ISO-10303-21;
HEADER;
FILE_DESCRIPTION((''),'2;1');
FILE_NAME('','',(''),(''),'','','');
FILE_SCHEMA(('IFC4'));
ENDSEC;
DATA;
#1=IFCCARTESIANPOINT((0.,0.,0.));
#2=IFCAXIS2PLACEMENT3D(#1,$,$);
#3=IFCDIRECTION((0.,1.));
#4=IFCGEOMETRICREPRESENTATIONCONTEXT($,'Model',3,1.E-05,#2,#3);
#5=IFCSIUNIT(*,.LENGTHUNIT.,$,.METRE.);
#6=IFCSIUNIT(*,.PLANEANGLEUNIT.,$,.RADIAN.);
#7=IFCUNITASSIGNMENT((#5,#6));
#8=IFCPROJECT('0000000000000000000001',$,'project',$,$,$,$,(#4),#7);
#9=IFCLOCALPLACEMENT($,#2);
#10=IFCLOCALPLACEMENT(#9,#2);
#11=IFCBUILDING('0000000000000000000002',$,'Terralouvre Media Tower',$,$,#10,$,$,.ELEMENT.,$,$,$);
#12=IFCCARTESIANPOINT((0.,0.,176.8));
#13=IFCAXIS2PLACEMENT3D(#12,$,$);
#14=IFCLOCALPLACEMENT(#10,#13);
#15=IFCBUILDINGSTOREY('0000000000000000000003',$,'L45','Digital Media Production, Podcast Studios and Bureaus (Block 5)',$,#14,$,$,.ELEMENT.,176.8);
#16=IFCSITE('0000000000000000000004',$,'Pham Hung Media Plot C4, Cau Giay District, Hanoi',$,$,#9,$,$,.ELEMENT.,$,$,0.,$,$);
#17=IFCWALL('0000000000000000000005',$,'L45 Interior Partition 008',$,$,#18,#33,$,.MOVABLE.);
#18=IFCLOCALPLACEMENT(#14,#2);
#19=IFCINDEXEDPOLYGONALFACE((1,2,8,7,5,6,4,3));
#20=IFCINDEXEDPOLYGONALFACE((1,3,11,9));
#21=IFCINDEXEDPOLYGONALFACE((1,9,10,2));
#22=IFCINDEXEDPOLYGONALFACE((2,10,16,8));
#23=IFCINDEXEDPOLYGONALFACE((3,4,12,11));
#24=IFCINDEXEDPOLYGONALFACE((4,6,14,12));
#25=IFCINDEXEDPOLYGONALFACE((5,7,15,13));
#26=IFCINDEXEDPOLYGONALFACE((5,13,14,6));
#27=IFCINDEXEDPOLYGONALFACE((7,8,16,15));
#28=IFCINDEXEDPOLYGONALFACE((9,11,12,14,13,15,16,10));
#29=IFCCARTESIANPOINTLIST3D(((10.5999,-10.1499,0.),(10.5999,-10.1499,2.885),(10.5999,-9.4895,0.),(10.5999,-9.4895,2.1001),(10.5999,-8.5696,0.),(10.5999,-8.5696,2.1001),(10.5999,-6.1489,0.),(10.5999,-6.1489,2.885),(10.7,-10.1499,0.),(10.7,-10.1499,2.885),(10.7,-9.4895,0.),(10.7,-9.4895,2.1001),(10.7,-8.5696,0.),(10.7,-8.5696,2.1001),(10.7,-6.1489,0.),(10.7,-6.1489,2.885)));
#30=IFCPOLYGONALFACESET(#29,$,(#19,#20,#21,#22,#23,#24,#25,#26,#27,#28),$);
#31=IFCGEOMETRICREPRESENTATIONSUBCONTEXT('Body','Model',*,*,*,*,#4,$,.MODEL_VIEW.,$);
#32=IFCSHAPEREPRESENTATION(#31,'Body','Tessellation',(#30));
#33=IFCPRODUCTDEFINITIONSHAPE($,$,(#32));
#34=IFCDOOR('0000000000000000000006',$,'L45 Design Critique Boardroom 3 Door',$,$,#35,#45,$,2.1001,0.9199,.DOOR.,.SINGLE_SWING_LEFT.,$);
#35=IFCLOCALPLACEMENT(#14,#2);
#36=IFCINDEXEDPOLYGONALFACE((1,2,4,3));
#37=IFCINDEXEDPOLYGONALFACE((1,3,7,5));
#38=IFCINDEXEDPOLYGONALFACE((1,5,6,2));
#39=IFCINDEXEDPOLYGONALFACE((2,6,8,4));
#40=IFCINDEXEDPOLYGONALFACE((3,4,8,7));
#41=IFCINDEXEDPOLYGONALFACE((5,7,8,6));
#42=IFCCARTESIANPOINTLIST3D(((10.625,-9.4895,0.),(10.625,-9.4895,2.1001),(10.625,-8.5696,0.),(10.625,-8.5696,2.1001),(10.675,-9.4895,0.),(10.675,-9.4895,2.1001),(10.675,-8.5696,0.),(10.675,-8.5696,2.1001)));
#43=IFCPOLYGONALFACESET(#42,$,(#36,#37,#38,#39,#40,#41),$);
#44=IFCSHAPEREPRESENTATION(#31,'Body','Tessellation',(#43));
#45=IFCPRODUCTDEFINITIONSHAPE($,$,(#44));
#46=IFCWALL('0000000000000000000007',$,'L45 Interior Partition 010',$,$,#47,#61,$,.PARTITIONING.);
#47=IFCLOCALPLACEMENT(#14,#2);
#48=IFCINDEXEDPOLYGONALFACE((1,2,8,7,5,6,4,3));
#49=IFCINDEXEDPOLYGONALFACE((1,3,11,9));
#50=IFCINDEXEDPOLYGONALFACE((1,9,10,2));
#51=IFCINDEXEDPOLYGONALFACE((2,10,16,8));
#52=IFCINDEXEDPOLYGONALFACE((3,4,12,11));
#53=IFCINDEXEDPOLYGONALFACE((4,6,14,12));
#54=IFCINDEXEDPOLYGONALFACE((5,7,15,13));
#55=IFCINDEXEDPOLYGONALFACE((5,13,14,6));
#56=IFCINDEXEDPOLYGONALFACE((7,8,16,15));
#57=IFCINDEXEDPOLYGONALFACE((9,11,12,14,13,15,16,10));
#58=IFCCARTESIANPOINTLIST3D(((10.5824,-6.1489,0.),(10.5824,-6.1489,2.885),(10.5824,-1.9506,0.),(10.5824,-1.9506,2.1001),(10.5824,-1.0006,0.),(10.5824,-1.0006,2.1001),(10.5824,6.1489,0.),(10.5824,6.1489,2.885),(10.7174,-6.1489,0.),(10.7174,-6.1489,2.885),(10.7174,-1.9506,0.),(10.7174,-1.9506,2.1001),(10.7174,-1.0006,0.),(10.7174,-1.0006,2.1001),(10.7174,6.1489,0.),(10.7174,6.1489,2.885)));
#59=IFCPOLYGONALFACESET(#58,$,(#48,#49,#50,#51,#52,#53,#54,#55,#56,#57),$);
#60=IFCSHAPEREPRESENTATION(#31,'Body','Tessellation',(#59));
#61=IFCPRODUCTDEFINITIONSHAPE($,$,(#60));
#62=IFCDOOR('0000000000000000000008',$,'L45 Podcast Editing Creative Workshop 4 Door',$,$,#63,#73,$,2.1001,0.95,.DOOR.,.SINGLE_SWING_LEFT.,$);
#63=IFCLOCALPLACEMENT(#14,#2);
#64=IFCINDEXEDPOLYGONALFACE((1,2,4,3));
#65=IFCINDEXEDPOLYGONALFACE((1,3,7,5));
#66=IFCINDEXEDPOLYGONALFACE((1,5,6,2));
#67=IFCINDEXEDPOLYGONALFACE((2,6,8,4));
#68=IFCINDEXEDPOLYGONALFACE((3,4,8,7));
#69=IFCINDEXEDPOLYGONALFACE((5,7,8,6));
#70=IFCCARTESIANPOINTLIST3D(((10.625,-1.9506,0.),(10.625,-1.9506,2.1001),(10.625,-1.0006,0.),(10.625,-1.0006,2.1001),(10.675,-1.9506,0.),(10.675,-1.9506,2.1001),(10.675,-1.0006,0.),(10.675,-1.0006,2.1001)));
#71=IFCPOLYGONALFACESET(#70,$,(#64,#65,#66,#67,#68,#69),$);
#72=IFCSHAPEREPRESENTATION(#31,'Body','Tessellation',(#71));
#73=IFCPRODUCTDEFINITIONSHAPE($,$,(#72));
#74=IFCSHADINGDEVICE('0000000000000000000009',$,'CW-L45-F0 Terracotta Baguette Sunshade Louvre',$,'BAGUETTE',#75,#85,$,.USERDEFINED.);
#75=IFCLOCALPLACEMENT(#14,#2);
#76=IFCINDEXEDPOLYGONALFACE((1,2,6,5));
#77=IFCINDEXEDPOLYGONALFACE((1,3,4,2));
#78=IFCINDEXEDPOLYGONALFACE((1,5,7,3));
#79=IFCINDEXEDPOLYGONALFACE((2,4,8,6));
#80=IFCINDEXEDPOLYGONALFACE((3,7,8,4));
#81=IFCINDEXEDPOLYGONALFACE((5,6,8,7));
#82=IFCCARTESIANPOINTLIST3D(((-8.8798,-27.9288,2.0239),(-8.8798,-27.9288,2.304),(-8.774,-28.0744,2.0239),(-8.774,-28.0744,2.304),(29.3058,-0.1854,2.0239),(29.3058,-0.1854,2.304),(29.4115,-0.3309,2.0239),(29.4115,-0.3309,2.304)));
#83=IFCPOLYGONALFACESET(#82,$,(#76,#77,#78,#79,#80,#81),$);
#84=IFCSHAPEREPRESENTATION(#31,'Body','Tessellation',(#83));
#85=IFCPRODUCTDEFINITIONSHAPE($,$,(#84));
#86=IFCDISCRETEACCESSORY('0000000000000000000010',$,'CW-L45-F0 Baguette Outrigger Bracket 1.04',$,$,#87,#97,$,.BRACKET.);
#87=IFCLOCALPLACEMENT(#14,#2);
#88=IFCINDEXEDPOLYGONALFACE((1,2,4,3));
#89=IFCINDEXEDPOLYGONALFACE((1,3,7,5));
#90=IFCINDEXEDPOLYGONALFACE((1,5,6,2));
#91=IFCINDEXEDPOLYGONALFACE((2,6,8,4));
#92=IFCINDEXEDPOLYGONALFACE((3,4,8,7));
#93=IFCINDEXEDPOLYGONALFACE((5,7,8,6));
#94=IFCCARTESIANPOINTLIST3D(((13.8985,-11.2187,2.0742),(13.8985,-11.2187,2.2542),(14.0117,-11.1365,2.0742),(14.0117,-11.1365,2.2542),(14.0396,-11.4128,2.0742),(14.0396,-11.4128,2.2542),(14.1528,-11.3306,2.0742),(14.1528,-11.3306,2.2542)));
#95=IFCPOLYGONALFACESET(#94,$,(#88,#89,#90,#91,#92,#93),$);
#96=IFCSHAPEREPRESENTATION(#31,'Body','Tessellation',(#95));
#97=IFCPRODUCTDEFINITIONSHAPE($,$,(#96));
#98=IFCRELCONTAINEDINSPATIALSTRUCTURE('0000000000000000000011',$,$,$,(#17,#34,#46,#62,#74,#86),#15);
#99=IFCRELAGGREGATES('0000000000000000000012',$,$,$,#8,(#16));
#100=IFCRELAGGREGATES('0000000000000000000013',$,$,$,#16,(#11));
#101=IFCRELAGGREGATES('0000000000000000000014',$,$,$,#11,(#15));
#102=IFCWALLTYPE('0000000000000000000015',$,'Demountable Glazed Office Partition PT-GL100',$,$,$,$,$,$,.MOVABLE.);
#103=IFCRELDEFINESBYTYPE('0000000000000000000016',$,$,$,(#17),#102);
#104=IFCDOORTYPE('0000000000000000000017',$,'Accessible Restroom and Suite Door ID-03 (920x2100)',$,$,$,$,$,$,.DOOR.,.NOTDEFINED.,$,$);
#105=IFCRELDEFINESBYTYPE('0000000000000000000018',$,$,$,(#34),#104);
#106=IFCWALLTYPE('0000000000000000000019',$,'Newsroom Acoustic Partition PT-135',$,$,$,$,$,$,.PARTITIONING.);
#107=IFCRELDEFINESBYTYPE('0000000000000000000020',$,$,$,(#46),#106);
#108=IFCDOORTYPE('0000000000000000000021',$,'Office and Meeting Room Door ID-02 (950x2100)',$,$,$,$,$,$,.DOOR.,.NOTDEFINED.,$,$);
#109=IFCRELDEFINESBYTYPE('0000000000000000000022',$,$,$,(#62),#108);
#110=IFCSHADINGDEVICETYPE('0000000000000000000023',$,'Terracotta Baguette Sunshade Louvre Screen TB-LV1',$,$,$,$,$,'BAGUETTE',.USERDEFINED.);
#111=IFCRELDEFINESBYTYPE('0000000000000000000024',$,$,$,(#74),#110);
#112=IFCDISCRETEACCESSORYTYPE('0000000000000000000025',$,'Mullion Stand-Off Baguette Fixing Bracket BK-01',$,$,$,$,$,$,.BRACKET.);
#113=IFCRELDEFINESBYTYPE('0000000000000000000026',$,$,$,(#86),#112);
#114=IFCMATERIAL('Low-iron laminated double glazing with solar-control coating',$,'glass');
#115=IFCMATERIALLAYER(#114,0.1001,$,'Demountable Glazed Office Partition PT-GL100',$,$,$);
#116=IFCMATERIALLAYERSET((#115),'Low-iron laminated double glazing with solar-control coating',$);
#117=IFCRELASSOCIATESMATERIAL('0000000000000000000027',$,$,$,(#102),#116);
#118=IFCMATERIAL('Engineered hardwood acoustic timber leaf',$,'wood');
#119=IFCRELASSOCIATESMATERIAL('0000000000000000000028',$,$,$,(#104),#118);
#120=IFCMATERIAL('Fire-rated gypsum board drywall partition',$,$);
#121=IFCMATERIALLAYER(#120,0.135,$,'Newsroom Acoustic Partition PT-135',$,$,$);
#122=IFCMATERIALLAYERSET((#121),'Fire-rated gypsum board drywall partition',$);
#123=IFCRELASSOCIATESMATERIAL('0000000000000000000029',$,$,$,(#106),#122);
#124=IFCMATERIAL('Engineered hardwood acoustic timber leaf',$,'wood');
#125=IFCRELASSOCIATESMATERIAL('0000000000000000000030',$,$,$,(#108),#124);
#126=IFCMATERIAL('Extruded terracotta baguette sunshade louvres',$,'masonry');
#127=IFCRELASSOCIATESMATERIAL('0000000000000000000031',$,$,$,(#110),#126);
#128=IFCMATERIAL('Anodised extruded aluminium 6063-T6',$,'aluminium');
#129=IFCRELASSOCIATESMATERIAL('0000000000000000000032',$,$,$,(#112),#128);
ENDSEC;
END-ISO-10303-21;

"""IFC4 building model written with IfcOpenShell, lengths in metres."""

from ifc_helpers import new_model, si_unit, direction, frame, frame_2d, origin, origin_2d, place, context, subcontext, project, spatial, rectangle, extrude, material, layer, layer_set, type_object, element, fill, save


model = new_model("IFC4")

# Units and contexts
model_context = context("Model", 3, precision=1e-05, world=origin(), true_north=direction((0.0, 1.0)))
body_context = subcontext(model_context, "Body", "Model", "MODEL_VIEW")
ifc_project = project(units=[si_unit("LENGTHUNIT", "METRE"), si_unit("PLANEANGLEUNIT", "RADIAN")], contexts=[model_context])

# Site, building, storey
site_placement = place(None, origin())
site = spatial("IfcSite", under=ifc_project, at=site_placement, Name="Pham Hung Media Plot C4, Cau Giay District, Hanoi", CompositionType="ELEMENT", RefElevation=0.0)
building_placement = place(site_placement, origin())
building = spatial("IfcBuilding", under=site, at=building_placement, Name="Terralouvre Media Tower", CompositionType="ELEMENT")
storey_placement = place(building_placement, frame((0.0, 0.0, 176.8)))
storey = spatial("IfcBuildingStorey", under=building, at=storey_placement, Name="L45", Description="Digital Media Production, Podcast Studios and Bureaus (Block 5)", CompositionType="ELEMENT", Elevation=176.8)

# Shared definitions
ifc_material_1 = material(Name="Low-iron laminated double glazing with solar-control coating", Category="glass")
ifc_layer_1 = layer(ifc_material_1, 0.1001, Name="Demountable Glazed Office Partition PT-GL100")
ifc_layer_set_1 = layer_set([ifc_layer_1], Name="Low-iron laminated double glazing with solar-control coating")
wall_type_1 = type_object("IfcWallType", Name="Demountable Glazed Office Partition PT-GL100", PredefinedType="MOVABLE", material=ifc_layer_set_1)

# Walls, openings, doors
wall_1_placement = place(storey_placement, frame((10.6499, -10.1499, 0.0), z_axis=(0.0, 0.0, 1.0), x_axis=(0.0, 1.0, 0.0)))
wall_1 = element("IfcWall", 1, at=wall_1_placement, inside=storey, type_object=wall_type_1, Name="L45 Interior Partition 008", PredefinedType="MOVABLE", context=body_context, shape_type="SweptSolid", body=[
    extrude(rectangle(XDim=4.001, YDim=0.1001, at=frame_2d((2.0005, 0.0))), origin(), (0.0, 0.0, 1.0), 2.885),
])
opening_1_placement = place(wall_1_placement, frame((0.6604, 0.0, 0.0)))
opening_1 = element("IfcOpeningElement", 2, at=opening_1_placement, cuts=wall_1, PredefinedType="OPENING", context=body_context, shape_type="SweptSolid", body=[
    extrude(rectangle(XDim=0.9199, YDim=2.1001, at=frame_2d((0.46, 1.05))), frame((0.0, 0.0601, 0.0), z_axis=(0.0, -1.0, 0.0), x_axis=(1.0, 0.0, 0.0)), (0.0, 0.0, 1.0), 0.1201),
])
ifc_material_2 = material(Name="Engineered hardwood acoustic timber leaf", Category="wood")
door_type_1 = type_object("IfcDoorType", Name="Accessible Restroom and Suite Door ID-03 (920x2100)", OperationType="NOTDEFINED", PredefinedType="DOOR", material=ifc_material_2)
door_1_placement = place(opening_1_placement, origin())
door_1 = element("IfcDoor", 3, at=door_1_placement, inside=storey, type_object=door_type_1, Name="L45 Design Critique Boardroom 3 Door", OperationType="SINGLE_SWING_LEFT", OverallHeight=2.1001, OverallWidth=0.9199, PredefinedType="DOOR", context=body_context, shape_type="SweptSolid", body=[
    extrude(rectangle(XDim=0.9199, YDim=2.1001, at=frame_2d((0.46, 1.05))), frame((0.0, 0.0249, 0.0), z_axis=(0.0, -1.0, 0.0), x_axis=(1.0, 0.0, 0.0)), (0.0, 0.0, 1.0), 0.05),
])
fill(opening_1, door_1)
ifc_material_3 = material(Name="Fire-rated gypsum board drywall partition")
ifc_layer_2 = layer(ifc_material_3, 0.135, Name="Newsroom Acoustic Partition PT-135")
ifc_layer_set_2 = layer_set([ifc_layer_2], Name="Fire-rated gypsum board drywall partition")
wall_type_2 = type_object("IfcWallType", Name="Newsroom Acoustic Partition PT-135", PredefinedType="PARTITIONING", material=ifc_layer_set_2)
wall_2_placement = place(storey_placement, frame((10.6499, -6.1489, 0.0), z_axis=(0.0, 0.0, 1.0), x_axis=(0.0, 1.0, 0.0)))
wall_2 = element("IfcWall", 4, at=wall_2_placement, inside=storey, type_object=wall_type_2, Name="L45 Interior Partition 010", PredefinedType="PARTITIONING", context=body_context, shape_type="SweptSolid", body=[
    extrude(rectangle(XDim=12.2979, YDim=0.135, at=frame_2d((6.1489, 0.0))), origin(), (0.0, 0.0, 1.0), 2.885),
])
opening_2_placement = place(wall_2_placement, frame((4.1982, 0.0, 0.0)))
opening_2 = element("IfcOpeningElement", 5, at=opening_2_placement, cuts=wall_2, PredefinedType="OPENING", context=body_context, shape_type="SweptSolid", body=[
    extrude(rectangle(XDim=0.95, YDim=2.1001, at=frame_2d((0.4751, 1.05))), frame((0.0, 0.0774, 0.0), z_axis=(0.0, -1.0, 0.0), x_axis=(1.0, 0.0, 0.0)), (0.0, 0.0, 1.0), 0.155),
])
ifc_material_4 = material(Name="Engineered hardwood acoustic timber leaf", Category="wood")
door_type_2 = type_object("IfcDoorType", Name="Office and Meeting Room Door ID-02 (950x2100)", OperationType="NOTDEFINED", PredefinedType="DOOR", material=ifc_material_4)
door_2_placement = place(opening_2_placement, origin())
door_2 = element("IfcDoor", 6, at=door_2_placement, inside=storey, type_object=door_type_2, Name="L45 Podcast Editing Creative Workshop 4 Door", OperationType="SINGLE_SWING_LEFT", OverallHeight=2.1001, OverallWidth=0.95, PredefinedType="DOOR", context=body_context, shape_type="SweptSolid", body=[
    extrude(rectangle(XDim=0.95, YDim=2.1001, at=frame_2d((0.4751, 1.05))), frame((0.0, 0.0249, 0.0), z_axis=(0.0, -1.0, 0.0), x_axis=(1.0, 0.0, 0.0)), (0.0, 0.0, 1.0), 0.05),
])
fill(opening_2, door_2)

# Shading device
ifc_material_5 = material(Name="Extruded terracotta baguette sunshade louvres", Category="masonry")
shading_device_type = type_object("IfcShadingDeviceType", Name="Terracotta Baguette Sunshade Louvre Screen TB-LV1", ElementType="BAGUETTE", PredefinedType="USERDEFINED", material=ifc_material_5)
shading_device_placement = place(storey_placement, frame((10.2659, -14.1299, 2.0239), z_axis=(0.0, 0.0, 1.0), x_axis=(0.809017, 0.587785, 0.0)))
element("IfcShadingDevice", 7, at=shading_device_placement, inside=storey, type_object=shading_device_type, Name="CW-L45-F0 Terracotta Baguette Sunshade Louvre", ObjectType="BAGUETTE", PredefinedType="USERDEFINED", context=body_context, shape_type="SweptSolid", body=[
    extrude(rectangle(XDim=47.2, YDim=0.1799, at=origin_2d()), origin(), (0.0, 0.0, 1.0), 0.28),
])

# Discrete accessory
ifc_material_6 = material(Name="Anodised extruded aluminium 6063-T6", Category="aluminium")
discrete_accessory_type = type_object("IfcDiscreteAccessoryType", Name="Mullion Stand-Off Baguette Fixing Bracket BK-01", PredefinedType="BRACKET", material=ifc_material_6)
discrete_accessory_placement = place(storey_placement, frame((14.0256, -11.2747, 2.0742), z_axis=(0.0, 0.0, 1.0), x_axis=(0.809017, 0.587785, 0.0)))
element("IfcDiscreteAccessory", 8, at=discrete_accessory_placement, inside=storey, type_object=discrete_accessory_type, Name="CW-L45-F0 Baguette Outrigger Bracket 1.04", PredefinedType="BRACKET", context=body_context, shape_type="SweptSolid", body=[
    extrude(rectangle(XDim=0.1399, YDim=0.24, at=origin_2d()), origin(), (0.0, 0.0, 1.0), 0.1799),
])

save(model, "model.ifc")
